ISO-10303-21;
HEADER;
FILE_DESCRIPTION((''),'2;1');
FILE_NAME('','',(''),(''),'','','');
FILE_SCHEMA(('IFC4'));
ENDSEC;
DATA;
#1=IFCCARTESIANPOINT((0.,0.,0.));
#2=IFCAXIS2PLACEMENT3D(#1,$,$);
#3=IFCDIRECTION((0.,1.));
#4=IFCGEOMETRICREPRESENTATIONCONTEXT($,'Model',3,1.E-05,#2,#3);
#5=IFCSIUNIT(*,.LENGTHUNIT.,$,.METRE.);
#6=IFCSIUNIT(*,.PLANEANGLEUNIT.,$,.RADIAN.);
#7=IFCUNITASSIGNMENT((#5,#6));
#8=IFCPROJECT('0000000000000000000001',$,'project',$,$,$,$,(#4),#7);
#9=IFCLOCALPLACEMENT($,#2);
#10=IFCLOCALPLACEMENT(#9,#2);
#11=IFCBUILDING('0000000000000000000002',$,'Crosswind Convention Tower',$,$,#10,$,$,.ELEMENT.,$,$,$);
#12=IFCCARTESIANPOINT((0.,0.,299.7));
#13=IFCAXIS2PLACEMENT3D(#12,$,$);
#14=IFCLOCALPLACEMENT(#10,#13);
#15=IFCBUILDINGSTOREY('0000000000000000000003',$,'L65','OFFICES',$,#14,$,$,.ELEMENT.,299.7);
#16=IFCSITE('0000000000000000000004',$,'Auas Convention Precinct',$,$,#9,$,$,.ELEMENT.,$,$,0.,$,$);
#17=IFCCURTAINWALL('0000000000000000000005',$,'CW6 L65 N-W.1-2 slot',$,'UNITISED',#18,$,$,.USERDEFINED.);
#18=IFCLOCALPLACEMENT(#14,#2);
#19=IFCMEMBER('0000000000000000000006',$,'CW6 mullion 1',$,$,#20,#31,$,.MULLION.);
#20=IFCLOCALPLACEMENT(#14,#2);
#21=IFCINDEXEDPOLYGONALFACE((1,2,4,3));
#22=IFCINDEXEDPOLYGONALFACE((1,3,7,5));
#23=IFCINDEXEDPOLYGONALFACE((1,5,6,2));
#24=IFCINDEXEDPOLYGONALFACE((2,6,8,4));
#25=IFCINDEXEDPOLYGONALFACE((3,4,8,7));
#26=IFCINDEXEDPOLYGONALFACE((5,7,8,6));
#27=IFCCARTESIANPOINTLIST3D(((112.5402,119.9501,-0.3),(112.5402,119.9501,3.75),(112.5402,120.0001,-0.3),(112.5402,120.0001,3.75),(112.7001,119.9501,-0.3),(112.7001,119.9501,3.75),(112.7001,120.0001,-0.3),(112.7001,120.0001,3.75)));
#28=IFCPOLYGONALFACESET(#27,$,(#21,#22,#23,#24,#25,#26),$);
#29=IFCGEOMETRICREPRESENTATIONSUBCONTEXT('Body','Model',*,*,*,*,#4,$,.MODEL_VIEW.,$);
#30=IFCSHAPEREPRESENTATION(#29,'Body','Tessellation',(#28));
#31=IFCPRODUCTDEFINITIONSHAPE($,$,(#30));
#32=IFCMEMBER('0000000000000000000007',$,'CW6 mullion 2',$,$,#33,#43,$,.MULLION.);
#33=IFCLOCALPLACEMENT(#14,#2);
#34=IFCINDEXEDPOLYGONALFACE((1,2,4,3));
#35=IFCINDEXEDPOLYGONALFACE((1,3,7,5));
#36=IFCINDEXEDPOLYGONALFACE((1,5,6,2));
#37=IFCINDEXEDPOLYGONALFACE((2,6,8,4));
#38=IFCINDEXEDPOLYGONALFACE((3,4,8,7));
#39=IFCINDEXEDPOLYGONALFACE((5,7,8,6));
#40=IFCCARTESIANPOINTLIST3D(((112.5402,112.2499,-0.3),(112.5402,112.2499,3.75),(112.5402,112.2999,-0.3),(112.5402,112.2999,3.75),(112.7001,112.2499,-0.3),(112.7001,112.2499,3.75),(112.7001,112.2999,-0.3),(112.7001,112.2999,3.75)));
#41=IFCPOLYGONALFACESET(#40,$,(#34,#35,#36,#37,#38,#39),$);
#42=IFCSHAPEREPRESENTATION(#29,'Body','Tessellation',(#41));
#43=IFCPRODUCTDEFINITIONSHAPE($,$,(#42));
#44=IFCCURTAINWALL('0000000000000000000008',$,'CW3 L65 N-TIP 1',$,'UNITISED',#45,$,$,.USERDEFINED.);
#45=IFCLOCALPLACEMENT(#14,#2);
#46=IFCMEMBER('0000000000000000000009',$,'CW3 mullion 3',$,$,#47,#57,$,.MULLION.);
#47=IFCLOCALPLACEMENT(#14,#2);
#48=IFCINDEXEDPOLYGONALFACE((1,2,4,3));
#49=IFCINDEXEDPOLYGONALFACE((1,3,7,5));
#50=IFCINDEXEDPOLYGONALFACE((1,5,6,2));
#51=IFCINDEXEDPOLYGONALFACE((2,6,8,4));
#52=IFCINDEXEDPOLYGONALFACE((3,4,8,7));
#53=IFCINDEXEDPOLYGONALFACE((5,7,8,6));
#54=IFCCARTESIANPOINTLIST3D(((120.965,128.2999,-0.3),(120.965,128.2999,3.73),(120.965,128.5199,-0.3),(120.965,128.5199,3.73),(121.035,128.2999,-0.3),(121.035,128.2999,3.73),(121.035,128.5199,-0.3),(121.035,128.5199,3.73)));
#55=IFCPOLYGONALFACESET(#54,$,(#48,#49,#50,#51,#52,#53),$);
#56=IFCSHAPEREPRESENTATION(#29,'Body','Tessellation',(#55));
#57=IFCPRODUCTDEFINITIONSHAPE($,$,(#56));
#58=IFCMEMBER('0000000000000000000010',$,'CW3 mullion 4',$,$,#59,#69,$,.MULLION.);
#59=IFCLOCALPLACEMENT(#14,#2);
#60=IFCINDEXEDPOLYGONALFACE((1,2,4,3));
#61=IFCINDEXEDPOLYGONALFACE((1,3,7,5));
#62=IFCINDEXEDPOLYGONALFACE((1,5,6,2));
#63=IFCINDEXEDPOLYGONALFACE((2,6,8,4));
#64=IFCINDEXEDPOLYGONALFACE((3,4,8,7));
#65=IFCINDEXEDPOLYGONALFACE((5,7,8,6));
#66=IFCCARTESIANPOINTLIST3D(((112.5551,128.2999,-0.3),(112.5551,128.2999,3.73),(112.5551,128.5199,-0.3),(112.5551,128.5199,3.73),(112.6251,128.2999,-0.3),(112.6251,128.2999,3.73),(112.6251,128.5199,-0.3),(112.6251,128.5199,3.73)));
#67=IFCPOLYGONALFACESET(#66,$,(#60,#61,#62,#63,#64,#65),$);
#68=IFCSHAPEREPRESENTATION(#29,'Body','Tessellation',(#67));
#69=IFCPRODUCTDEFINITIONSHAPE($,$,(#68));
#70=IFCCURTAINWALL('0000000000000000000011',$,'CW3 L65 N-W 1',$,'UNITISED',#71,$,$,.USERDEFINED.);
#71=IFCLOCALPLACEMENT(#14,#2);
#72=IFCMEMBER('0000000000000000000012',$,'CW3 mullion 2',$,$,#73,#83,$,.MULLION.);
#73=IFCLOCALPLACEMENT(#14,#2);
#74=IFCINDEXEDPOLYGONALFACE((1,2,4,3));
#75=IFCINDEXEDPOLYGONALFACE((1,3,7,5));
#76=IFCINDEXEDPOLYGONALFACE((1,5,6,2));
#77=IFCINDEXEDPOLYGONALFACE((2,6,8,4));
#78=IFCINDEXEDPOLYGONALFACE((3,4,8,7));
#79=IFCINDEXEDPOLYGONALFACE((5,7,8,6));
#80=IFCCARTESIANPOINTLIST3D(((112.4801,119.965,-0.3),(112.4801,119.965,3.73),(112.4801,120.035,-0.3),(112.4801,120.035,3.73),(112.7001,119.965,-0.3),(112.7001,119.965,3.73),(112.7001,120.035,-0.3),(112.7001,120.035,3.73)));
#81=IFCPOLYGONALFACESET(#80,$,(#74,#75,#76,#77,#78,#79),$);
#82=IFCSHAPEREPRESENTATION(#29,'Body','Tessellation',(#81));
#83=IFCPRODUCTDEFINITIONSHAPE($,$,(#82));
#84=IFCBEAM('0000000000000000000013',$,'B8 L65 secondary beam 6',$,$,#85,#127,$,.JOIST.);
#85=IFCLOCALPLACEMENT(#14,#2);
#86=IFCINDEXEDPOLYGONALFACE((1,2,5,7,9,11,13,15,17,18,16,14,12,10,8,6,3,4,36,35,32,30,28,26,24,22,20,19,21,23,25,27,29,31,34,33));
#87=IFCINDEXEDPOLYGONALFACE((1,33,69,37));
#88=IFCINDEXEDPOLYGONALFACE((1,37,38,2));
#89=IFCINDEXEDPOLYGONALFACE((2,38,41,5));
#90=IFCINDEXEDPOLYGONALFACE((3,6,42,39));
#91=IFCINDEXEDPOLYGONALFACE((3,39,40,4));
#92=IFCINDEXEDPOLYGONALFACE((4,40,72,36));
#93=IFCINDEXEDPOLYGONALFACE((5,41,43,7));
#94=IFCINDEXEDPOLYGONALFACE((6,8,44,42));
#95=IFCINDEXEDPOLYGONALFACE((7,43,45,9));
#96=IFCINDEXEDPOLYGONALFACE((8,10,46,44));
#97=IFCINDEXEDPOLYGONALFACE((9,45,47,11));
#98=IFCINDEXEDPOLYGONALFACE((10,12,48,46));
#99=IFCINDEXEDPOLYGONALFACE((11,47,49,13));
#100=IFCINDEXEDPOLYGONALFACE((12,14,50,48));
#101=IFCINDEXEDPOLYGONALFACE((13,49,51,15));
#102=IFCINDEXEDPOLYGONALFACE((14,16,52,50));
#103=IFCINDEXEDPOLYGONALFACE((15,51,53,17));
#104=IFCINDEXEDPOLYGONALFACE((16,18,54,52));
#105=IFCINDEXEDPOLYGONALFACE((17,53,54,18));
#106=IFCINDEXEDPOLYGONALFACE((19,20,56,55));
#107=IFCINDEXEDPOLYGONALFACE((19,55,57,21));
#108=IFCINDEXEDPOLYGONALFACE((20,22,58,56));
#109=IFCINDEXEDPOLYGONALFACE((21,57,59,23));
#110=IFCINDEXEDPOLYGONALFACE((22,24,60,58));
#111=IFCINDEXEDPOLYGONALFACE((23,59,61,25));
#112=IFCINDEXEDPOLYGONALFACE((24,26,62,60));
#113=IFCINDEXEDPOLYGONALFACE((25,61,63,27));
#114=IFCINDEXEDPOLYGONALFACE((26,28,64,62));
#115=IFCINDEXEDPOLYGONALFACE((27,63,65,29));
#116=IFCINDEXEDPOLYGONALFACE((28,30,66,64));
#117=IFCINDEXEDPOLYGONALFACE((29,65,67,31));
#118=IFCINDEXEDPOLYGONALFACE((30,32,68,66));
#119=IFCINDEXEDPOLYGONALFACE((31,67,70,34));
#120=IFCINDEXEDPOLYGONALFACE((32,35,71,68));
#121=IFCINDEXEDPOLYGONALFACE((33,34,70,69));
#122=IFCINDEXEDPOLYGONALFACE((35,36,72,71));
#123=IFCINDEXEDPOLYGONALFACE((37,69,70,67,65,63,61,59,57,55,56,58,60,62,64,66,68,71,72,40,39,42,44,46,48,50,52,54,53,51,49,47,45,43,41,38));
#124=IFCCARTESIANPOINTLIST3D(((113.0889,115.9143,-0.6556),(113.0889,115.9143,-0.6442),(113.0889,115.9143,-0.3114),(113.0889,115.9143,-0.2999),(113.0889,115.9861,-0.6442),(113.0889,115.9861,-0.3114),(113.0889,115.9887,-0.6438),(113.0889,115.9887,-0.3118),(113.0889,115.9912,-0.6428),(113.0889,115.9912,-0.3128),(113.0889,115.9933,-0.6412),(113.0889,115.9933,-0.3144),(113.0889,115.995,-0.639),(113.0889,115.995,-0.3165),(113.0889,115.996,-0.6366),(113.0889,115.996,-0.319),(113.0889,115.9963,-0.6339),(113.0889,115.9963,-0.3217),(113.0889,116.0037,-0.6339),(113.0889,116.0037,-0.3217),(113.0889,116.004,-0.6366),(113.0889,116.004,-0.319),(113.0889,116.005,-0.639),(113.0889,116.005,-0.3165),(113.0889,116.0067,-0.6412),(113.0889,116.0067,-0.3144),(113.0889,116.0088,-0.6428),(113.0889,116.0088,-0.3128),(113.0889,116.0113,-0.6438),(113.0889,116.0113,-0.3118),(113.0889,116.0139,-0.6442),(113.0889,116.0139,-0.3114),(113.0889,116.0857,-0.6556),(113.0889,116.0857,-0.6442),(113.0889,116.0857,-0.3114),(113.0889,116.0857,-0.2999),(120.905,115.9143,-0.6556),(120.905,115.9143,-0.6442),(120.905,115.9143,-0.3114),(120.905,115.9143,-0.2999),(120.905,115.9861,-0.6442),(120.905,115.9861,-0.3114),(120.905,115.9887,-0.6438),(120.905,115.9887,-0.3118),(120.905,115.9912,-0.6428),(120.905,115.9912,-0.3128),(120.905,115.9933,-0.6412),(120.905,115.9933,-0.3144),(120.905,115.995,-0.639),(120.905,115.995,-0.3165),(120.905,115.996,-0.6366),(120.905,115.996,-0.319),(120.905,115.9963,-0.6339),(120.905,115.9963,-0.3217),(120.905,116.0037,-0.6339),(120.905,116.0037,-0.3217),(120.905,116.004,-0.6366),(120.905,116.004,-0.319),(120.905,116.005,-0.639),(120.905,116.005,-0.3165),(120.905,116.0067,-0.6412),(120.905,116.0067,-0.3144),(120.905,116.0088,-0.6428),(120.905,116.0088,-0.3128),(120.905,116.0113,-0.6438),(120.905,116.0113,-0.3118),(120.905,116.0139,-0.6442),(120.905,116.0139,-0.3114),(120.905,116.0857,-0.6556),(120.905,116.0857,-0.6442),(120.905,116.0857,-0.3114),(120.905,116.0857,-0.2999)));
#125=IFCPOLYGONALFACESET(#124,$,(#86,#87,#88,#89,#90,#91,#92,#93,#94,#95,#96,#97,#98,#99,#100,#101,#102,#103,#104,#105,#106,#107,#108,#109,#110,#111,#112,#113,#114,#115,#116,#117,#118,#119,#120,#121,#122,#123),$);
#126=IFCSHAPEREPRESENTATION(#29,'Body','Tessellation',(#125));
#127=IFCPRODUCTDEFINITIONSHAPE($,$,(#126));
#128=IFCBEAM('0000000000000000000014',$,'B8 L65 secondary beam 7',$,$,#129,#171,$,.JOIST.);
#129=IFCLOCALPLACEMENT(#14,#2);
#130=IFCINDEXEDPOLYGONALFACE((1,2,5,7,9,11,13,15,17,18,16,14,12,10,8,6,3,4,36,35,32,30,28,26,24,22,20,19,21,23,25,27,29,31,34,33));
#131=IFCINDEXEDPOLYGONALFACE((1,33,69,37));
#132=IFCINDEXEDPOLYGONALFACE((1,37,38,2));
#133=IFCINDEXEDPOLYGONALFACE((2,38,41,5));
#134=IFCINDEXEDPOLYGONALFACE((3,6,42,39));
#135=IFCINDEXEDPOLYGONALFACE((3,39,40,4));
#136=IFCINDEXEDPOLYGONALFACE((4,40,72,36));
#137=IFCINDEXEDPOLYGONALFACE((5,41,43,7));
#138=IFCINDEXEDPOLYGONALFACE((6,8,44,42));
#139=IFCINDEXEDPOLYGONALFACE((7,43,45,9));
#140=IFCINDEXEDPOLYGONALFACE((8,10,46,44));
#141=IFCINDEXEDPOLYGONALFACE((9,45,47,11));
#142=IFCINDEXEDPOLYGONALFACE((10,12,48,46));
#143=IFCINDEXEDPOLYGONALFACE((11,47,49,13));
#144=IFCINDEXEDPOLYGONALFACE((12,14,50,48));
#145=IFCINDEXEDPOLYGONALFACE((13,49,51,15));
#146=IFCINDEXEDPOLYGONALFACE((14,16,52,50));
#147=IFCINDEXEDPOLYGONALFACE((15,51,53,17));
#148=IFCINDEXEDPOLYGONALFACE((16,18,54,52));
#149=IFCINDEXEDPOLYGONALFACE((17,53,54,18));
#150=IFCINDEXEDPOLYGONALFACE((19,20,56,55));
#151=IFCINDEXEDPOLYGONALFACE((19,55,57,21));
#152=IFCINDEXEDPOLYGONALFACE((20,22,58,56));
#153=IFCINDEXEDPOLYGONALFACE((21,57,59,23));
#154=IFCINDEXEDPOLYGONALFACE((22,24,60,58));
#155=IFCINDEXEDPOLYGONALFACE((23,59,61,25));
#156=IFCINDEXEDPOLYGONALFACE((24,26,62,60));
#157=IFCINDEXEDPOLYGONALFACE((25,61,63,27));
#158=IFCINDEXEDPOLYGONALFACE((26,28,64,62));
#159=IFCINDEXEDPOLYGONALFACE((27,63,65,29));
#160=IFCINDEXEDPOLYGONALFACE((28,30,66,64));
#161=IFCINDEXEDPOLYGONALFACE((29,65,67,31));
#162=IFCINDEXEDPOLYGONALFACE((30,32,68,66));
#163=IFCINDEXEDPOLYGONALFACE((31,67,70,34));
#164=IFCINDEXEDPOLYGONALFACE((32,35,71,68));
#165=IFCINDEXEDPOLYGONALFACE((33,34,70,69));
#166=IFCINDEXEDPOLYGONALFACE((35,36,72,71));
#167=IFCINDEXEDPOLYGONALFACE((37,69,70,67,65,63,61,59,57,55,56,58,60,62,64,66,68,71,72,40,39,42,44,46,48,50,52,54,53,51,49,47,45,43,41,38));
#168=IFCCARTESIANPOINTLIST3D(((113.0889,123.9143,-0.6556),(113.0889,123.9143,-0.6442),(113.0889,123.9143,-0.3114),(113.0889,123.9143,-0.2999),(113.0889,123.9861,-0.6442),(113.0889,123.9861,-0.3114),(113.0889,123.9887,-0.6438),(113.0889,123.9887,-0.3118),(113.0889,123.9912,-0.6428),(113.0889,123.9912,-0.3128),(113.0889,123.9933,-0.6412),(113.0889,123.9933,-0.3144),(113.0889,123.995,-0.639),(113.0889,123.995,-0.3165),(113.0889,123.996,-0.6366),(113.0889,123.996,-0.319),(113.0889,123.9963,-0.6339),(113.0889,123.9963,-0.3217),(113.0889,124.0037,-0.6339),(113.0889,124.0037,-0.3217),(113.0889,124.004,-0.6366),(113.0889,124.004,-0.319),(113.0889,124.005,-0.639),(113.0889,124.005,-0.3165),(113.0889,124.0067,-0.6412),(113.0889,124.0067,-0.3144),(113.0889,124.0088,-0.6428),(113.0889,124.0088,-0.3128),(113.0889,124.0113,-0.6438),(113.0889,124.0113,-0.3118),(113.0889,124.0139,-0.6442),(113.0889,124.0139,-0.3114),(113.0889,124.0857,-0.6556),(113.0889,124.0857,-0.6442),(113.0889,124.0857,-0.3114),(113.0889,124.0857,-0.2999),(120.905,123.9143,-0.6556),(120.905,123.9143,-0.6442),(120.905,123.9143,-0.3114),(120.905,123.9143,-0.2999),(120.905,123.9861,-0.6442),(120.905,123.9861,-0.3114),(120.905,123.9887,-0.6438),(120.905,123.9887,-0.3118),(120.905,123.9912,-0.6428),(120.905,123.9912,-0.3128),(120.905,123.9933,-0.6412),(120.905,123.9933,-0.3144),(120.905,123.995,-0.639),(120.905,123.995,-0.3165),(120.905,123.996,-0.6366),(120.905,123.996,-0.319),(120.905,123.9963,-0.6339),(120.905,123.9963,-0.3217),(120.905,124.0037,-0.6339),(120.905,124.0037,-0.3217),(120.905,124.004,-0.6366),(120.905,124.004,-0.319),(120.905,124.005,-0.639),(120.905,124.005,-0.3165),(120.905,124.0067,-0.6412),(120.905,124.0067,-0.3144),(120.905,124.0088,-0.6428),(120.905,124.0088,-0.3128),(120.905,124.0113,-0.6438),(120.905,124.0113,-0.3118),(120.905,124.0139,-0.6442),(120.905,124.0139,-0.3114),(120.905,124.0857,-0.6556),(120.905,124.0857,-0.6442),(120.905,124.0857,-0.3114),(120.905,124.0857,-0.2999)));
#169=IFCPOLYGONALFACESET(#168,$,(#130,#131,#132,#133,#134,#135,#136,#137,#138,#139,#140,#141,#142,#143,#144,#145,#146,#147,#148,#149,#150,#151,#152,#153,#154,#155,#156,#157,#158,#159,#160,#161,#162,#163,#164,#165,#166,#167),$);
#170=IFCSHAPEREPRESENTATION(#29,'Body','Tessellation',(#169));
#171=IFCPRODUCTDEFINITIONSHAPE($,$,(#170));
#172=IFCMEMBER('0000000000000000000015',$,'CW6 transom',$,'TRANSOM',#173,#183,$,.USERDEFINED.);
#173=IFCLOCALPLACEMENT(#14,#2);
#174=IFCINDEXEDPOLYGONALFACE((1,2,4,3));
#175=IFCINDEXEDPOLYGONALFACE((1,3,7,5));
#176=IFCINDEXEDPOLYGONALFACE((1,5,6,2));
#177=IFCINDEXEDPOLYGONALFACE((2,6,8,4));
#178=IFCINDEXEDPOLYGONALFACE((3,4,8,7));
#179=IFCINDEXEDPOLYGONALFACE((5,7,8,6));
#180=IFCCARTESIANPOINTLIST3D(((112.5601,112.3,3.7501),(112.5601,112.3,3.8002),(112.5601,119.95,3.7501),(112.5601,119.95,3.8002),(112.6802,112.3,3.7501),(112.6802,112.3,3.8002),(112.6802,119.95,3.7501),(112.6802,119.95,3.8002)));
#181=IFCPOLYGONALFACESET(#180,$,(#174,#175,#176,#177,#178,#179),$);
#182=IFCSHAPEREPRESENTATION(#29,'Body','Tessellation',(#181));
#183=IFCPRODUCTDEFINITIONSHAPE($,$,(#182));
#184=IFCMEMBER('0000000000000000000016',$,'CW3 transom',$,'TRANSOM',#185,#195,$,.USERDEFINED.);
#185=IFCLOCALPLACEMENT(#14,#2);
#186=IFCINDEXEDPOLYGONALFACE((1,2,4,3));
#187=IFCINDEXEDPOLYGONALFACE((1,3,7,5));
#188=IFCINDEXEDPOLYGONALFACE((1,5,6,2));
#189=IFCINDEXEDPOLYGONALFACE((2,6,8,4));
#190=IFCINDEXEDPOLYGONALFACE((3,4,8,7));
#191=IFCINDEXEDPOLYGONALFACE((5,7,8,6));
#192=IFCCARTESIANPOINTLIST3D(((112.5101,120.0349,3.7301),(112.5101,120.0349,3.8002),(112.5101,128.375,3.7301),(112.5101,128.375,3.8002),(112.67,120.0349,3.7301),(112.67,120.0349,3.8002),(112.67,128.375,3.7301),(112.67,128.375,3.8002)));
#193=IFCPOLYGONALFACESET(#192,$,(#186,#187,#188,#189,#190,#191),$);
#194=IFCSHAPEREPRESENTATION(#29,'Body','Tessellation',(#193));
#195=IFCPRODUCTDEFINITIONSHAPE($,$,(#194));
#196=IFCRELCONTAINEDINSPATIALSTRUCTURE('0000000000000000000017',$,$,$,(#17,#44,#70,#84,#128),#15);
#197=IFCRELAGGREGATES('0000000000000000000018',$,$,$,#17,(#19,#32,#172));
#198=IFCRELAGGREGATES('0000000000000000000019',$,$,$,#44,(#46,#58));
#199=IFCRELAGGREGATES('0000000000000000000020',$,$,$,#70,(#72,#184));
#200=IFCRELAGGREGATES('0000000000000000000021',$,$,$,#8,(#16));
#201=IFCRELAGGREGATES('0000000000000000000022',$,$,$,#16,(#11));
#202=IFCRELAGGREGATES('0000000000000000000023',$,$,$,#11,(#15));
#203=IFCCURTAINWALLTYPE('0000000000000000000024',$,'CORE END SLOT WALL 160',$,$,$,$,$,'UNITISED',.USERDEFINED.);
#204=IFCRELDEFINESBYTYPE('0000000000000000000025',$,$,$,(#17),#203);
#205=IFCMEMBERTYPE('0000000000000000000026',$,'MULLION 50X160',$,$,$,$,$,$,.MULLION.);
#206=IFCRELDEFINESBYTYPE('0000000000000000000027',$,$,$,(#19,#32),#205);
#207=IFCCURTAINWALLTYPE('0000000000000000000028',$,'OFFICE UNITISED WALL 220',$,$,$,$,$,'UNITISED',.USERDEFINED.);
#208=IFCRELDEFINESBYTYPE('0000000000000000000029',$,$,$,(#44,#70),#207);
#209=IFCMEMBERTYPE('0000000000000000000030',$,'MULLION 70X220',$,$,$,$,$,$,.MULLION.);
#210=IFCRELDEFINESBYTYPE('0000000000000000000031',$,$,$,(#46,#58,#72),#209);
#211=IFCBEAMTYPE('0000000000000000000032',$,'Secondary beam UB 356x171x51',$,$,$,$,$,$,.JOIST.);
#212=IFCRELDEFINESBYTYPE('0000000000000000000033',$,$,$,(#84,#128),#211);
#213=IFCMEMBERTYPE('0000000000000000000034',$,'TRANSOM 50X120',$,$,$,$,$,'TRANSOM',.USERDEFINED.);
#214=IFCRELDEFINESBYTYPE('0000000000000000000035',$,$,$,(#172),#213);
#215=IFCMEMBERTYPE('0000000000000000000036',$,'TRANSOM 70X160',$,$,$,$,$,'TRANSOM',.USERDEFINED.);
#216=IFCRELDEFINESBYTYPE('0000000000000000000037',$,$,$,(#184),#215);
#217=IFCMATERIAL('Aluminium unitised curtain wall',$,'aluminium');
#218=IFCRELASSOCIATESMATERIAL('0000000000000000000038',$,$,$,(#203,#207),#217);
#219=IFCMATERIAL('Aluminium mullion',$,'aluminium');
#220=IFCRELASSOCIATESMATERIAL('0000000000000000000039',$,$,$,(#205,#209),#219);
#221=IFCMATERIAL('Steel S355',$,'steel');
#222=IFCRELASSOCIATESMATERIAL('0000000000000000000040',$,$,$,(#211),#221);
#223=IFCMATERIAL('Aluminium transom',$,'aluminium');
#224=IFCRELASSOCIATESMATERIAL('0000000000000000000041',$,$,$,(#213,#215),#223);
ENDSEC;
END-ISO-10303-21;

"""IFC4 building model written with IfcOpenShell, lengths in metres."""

from ifc_helpers import new_model, si_unit, direction, frame, origin, origin_2d, place, context, subcontext, project, spatial, rectangle, i_section, extrude, material, material_profile, profile_set, type_object, element, aggregate, save


model = new_model("IFC4")

# Units and contexts
model_context = context("Model", 3, precision=1e-05, world=origin(), true_north=direction((0.0, 1.0)))
body_context = subcontext(model_context, "Body", "Model", "MODEL_VIEW")
ifc_project = project(units=[si_unit("LENGTHUNIT", "METRE"), si_unit("PLANEANGLEUNIT", "RADIAN")], contexts=[model_context])

# Site, building, storey
site_placement = place(None, origin())
site = spatial("IfcSite", under=ifc_project, at=site_placement, Name="Auas Convention Precinct", CompositionType="ELEMENT", RefElevation=0.0)
building_placement = place(site_placement, origin())
building = spatial("IfcBuilding", under=site, at=building_placement, Name="Crosswind Convention Tower", CompositionType="ELEMENT")
storey_placement = place(building_placement, frame((0.0, 0.0, 299.7)))
storey = spatial("IfcBuildingStorey", under=building, at=storey_placement, Name="L65", Description="OFFICES", CompositionType="ELEMENT", Elevation=299.7)

# Shared definitions
ifc_material_1 = material(Name="Steel S355", Category="steel")

# Curtain walls, members
ifc_material_2 = material(Name="Aluminium unitised curtain wall", Category="aluminium")
curtain_wall_type_1 = type_object("IfcCurtainWallType", Name="CORE END SLOT WALL 160", ElementType="UNITISED", PredefinedType="USERDEFINED", material=ifc_material_2)
curtain_wall_1_placement = place(storey_placement, origin())
curtain_wall_1 = element("IfcCurtainWall", 1, at=curtain_wall_1_placement, inside=storey, type_object=curtain_wall_type_1, Name="CW6 L65 N-W.1-2 slot", ObjectType="UNITISED", PredefinedType="USERDEFINED")
ifc_material_3 = material(Name="Aluminium mullion", Category="aluminium")
ifc_material_profile_1 = material_profile(ifc_material_3, rectangle(XDim=0.1599, YDim=0.05, at=origin_2d()), Name="AL 160X50")
ifc_profile_set_1 = profile_set([ifc_material_profile_1], Name="Aluminium mullion")
member_type_1 = type_object("IfcMemberType", Name="MULLION 50X160", PredefinedType="MULLION", material=ifc_profile_set_1)
member_1_placement = place(storey_placement, frame((112.6201, 119.9751, -0.3), z_axis=(0.0, 0.0, 1.0), x_axis=(-1.0, 0.0, 0.0)))
member_1 = element("IfcMember", 2, at=member_1_placement, type_object=member_type_1, Name="CW6 mullion 1", PredefinedType="MULLION", context=body_context, shape_type="SweptSolid", body=[
    extrude(rectangle(XDim=0.1599, YDim=0.05, at=origin_2d()), origin(), (0.0, 0.0, 1.0), 4.05),
])
member_2_placement = place(storey_placement, frame((112.6201, 112.2749, -0.3), z_axis=(0.0, 0.0, 1.0), x_axis=(-1.0, 0.0, 0.0)))
member_2 = element("IfcMember", 3, at=member_2_placement, type_object=member_type_1, Name="CW6 mullion 2", PredefinedType="MULLION", context=body_context, shape_type="SweptSolid", body=[
    extrude(rectangle(XDim=0.1599, YDim=0.05, at=origin_2d()), origin(), (0.0, 0.0, 1.0), 4.05),
])
curtain_wall_type_2 = type_object("IfcCurtainWallType", Name="OFFICE UNITISED WALL 220", ElementType="UNITISED", PredefinedType="USERDEFINED", material=ifc_material_2)
curtain_wall_2_placement = place(storey_placement, origin())
curtain_wall_2 = element("IfcCurtainWall", 4, at=curtain_wall_2_placement, inside=storey, type_object=curtain_wall_type_2, Name="CW3 L65 N-TIP 1", ObjectType="UNITISED", PredefinedType="USERDEFINED")
ifc_material_profile_2 = material_profile(ifc_material_3, rectangle(XDim=0.22, YDim=0.0701, at=origin_2d()), Name="AL 220X70")
ifc_profile_set_2 = profile_set([ifc_material_profile_2], Name="Aluminium mullion")
member_type_2 = type_object("IfcMemberType", Name="MULLION 70X220", PredefinedType="MULLION", material=ifc_profile_set_2)
member_3_placement = place(storey_placement, frame((121.0, 128.4099, -0.3), z_axis=(0.0, 0.0, 1.0), x_axis=(0.0, 1.0, 0.0)))
member_3 = element("IfcMember", 5, at=member_3_placement, type_object=member_type_2, Name="CW3 mullion 3", PredefinedType="MULLION", context=body_context, shape_type="SweptSolid", body=[
    extrude(rectangle(XDim=0.22, YDim=0.0701, at=origin_2d()), origin(), (0.0, 0.0, 1.0), 4.03),
])
member_4_placement = place(storey_placement, frame((112.5901, 128.4099, -0.3), z_axis=(0.0, 0.0, 1.0), x_axis=(0.0, 1.0, 0.0)))
member_4 = element("IfcMember", 6, at=member_4_placement, type_object=member_type_2, Name="CW3 mullion 4", PredefinedType="MULLION", context=body_context, shape_type="SweptSolid", body=[
    extrude(rectangle(XDim=0.22, YDim=0.0701, at=origin_2d()), origin(), (0.0, 0.0, 1.0), 4.03),
])

# Curtain wall, member
curtain_wall_3_placement = place(storey_placement, origin())
curtain_wall_3 = element("IfcCurtainWall", 7, at=curtain_wall_3_placement, inside=storey, type_object=curtain_wall_type_2, Name="CW3 L65 N-W 1", ObjectType="UNITISED", PredefinedType="USERDEFINED")
member_5_placement = place(storey_placement, frame((112.5901, 120.0, -0.3), z_axis=(0.0, 0.0, 1.0), x_axis=(-1.0, 0.0, 0.0)))
member_5 = element("IfcMember", 8, at=member_5_placement, type_object=member_type_2, Name="CW3 mullion 2", PredefinedType="MULLION", context=body_context, shape_type="SweptSolid", body=[
    extrude(rectangle(XDim=0.22, YDim=0.0701, at=origin_2d()), origin(), (0.0, 0.0, 1.0), 4.03),
])

# Beams
ifc_material_profile_3 = material_profile(ifc_material_1, i_section(OverallWidth=0.1714, OverallDepth=0.3557, WebThickness=0.0073, FlangeThickness=0.0115, FilletRadius=0.0103, at=origin_2d()), Name="UB 356x171x51")
ifc_profile_set_3 = profile_set([ifc_material_profile_3], Name="Steel S355")
beam_type_1 = type_object("IfcBeamType", Name="Secondary beam UB 356x171x51", PredefinedType="JOIST", material=ifc_profile_set_3)
for number, where, z_axis, x_axis, name in (
    (9, (113.0889, 116.0, -0.4778), (1.0, 0.0, 0.0), (0.0, 1.0, 0.0), "B8 L65 secondary beam 6"),
    (10, (113.0889, 124.0, -0.4778), (1.0, 0.0, 0.0), (0.0, 1.0, 0.0), "B8 L65 secondary beam 7"),
):
    element("IfcBeam", number, at=place(storey_placement, frame(where, z_axis=z_axis, x_axis=x_axis)), inside=storey, type_object=beam_type_1, Name=name, PredefinedType="JOIST", context=body_context, shape_type="SweptSolid", body=[
        extrude(i_section(OverallWidth=0.1714, OverallDepth=0.3557, WebThickness=0.0073, FlangeThickness=0.0115, FilletRadius=0.0103, at=origin_2d()), origin(), (0.0, 0.0, 1.0), 7.8162),
    ])

# Members
ifc_material_4 = material(Name="Aluminium transom", Category="aluminium")
ifc_material_profile_4 = material_profile(ifc_material_4, rectangle(XDim=0.1201, YDim=0.05, at=origin_2d()), Name="AL 120X50")
ifc_profile_set_4 = profile_set([ifc_material_profile_4], Name="Aluminium transom")
member_type_3 = type_object("IfcMemberType", Name="TRANSOM 50X120", ElementType="TRANSOM", PredefinedType="USERDEFINED", material=ifc_profile_set_4)
member_6_placement = place(storey_placement, frame((112.6201, 119.95, 3.7751), z_axis=(0.0, -1.0, 0.0), x_axis=(1.0, 0.0, 0.0)))
member_6 = element("IfcMember", 11, at=member_6_placement, type_object=member_type_3, Name="CW6 transom", ObjectType="TRANSOM", PredefinedType="USERDEFINED", context=body_context, shape_type="SweptSolid", body=[
    extrude(rectangle(XDim=0.1201, YDim=0.05, at=origin_2d()), origin(), (0.0, 0.0, 1.0), 7.6499),
])
ifc_material_profile_5 = material_profile(ifc_material_4, rectangle(XDim=0.1599, YDim=0.0701, at=origin_2d()), Name="AL 160X70")
ifc_profile_set_5 = profile_set([ifc_material_profile_5], Name="Aluminium transom")
member_type_4 = type_object("IfcMemberType", Name="TRANSOM 70X160", ElementType="TRANSOM", PredefinedType="USERDEFINED", material=ifc_profile_set_5)
member_7_placement = place(storey_placement, frame((112.5901, 128.375, 3.7651), z_axis=(0.0, -1.0, 0.0), x_axis=(1.0, 0.0, 0.0)))
member_7 = element("IfcMember", 12, at=member_7_placement, type_object=member_type_4, Name="CW3 transom", ObjectType="TRANSOM", PredefinedType="USERDEFINED", context=body_context, shape_type="SweptSolid", body=[
    extrude(rectangle(XDim=0.1599, YDim=0.0701, at=origin_2d()), origin(), (0.0, 0.0, 1.0), 8.3401),
])

aggregate(curtain_wall_1, [member_1, member_2, member_6])
aggregate(curtain_wall_2, [member_3, member_4])

aggregate(curtain_wall_3, [member_5, member_7])

save(model, "model.ifc")
